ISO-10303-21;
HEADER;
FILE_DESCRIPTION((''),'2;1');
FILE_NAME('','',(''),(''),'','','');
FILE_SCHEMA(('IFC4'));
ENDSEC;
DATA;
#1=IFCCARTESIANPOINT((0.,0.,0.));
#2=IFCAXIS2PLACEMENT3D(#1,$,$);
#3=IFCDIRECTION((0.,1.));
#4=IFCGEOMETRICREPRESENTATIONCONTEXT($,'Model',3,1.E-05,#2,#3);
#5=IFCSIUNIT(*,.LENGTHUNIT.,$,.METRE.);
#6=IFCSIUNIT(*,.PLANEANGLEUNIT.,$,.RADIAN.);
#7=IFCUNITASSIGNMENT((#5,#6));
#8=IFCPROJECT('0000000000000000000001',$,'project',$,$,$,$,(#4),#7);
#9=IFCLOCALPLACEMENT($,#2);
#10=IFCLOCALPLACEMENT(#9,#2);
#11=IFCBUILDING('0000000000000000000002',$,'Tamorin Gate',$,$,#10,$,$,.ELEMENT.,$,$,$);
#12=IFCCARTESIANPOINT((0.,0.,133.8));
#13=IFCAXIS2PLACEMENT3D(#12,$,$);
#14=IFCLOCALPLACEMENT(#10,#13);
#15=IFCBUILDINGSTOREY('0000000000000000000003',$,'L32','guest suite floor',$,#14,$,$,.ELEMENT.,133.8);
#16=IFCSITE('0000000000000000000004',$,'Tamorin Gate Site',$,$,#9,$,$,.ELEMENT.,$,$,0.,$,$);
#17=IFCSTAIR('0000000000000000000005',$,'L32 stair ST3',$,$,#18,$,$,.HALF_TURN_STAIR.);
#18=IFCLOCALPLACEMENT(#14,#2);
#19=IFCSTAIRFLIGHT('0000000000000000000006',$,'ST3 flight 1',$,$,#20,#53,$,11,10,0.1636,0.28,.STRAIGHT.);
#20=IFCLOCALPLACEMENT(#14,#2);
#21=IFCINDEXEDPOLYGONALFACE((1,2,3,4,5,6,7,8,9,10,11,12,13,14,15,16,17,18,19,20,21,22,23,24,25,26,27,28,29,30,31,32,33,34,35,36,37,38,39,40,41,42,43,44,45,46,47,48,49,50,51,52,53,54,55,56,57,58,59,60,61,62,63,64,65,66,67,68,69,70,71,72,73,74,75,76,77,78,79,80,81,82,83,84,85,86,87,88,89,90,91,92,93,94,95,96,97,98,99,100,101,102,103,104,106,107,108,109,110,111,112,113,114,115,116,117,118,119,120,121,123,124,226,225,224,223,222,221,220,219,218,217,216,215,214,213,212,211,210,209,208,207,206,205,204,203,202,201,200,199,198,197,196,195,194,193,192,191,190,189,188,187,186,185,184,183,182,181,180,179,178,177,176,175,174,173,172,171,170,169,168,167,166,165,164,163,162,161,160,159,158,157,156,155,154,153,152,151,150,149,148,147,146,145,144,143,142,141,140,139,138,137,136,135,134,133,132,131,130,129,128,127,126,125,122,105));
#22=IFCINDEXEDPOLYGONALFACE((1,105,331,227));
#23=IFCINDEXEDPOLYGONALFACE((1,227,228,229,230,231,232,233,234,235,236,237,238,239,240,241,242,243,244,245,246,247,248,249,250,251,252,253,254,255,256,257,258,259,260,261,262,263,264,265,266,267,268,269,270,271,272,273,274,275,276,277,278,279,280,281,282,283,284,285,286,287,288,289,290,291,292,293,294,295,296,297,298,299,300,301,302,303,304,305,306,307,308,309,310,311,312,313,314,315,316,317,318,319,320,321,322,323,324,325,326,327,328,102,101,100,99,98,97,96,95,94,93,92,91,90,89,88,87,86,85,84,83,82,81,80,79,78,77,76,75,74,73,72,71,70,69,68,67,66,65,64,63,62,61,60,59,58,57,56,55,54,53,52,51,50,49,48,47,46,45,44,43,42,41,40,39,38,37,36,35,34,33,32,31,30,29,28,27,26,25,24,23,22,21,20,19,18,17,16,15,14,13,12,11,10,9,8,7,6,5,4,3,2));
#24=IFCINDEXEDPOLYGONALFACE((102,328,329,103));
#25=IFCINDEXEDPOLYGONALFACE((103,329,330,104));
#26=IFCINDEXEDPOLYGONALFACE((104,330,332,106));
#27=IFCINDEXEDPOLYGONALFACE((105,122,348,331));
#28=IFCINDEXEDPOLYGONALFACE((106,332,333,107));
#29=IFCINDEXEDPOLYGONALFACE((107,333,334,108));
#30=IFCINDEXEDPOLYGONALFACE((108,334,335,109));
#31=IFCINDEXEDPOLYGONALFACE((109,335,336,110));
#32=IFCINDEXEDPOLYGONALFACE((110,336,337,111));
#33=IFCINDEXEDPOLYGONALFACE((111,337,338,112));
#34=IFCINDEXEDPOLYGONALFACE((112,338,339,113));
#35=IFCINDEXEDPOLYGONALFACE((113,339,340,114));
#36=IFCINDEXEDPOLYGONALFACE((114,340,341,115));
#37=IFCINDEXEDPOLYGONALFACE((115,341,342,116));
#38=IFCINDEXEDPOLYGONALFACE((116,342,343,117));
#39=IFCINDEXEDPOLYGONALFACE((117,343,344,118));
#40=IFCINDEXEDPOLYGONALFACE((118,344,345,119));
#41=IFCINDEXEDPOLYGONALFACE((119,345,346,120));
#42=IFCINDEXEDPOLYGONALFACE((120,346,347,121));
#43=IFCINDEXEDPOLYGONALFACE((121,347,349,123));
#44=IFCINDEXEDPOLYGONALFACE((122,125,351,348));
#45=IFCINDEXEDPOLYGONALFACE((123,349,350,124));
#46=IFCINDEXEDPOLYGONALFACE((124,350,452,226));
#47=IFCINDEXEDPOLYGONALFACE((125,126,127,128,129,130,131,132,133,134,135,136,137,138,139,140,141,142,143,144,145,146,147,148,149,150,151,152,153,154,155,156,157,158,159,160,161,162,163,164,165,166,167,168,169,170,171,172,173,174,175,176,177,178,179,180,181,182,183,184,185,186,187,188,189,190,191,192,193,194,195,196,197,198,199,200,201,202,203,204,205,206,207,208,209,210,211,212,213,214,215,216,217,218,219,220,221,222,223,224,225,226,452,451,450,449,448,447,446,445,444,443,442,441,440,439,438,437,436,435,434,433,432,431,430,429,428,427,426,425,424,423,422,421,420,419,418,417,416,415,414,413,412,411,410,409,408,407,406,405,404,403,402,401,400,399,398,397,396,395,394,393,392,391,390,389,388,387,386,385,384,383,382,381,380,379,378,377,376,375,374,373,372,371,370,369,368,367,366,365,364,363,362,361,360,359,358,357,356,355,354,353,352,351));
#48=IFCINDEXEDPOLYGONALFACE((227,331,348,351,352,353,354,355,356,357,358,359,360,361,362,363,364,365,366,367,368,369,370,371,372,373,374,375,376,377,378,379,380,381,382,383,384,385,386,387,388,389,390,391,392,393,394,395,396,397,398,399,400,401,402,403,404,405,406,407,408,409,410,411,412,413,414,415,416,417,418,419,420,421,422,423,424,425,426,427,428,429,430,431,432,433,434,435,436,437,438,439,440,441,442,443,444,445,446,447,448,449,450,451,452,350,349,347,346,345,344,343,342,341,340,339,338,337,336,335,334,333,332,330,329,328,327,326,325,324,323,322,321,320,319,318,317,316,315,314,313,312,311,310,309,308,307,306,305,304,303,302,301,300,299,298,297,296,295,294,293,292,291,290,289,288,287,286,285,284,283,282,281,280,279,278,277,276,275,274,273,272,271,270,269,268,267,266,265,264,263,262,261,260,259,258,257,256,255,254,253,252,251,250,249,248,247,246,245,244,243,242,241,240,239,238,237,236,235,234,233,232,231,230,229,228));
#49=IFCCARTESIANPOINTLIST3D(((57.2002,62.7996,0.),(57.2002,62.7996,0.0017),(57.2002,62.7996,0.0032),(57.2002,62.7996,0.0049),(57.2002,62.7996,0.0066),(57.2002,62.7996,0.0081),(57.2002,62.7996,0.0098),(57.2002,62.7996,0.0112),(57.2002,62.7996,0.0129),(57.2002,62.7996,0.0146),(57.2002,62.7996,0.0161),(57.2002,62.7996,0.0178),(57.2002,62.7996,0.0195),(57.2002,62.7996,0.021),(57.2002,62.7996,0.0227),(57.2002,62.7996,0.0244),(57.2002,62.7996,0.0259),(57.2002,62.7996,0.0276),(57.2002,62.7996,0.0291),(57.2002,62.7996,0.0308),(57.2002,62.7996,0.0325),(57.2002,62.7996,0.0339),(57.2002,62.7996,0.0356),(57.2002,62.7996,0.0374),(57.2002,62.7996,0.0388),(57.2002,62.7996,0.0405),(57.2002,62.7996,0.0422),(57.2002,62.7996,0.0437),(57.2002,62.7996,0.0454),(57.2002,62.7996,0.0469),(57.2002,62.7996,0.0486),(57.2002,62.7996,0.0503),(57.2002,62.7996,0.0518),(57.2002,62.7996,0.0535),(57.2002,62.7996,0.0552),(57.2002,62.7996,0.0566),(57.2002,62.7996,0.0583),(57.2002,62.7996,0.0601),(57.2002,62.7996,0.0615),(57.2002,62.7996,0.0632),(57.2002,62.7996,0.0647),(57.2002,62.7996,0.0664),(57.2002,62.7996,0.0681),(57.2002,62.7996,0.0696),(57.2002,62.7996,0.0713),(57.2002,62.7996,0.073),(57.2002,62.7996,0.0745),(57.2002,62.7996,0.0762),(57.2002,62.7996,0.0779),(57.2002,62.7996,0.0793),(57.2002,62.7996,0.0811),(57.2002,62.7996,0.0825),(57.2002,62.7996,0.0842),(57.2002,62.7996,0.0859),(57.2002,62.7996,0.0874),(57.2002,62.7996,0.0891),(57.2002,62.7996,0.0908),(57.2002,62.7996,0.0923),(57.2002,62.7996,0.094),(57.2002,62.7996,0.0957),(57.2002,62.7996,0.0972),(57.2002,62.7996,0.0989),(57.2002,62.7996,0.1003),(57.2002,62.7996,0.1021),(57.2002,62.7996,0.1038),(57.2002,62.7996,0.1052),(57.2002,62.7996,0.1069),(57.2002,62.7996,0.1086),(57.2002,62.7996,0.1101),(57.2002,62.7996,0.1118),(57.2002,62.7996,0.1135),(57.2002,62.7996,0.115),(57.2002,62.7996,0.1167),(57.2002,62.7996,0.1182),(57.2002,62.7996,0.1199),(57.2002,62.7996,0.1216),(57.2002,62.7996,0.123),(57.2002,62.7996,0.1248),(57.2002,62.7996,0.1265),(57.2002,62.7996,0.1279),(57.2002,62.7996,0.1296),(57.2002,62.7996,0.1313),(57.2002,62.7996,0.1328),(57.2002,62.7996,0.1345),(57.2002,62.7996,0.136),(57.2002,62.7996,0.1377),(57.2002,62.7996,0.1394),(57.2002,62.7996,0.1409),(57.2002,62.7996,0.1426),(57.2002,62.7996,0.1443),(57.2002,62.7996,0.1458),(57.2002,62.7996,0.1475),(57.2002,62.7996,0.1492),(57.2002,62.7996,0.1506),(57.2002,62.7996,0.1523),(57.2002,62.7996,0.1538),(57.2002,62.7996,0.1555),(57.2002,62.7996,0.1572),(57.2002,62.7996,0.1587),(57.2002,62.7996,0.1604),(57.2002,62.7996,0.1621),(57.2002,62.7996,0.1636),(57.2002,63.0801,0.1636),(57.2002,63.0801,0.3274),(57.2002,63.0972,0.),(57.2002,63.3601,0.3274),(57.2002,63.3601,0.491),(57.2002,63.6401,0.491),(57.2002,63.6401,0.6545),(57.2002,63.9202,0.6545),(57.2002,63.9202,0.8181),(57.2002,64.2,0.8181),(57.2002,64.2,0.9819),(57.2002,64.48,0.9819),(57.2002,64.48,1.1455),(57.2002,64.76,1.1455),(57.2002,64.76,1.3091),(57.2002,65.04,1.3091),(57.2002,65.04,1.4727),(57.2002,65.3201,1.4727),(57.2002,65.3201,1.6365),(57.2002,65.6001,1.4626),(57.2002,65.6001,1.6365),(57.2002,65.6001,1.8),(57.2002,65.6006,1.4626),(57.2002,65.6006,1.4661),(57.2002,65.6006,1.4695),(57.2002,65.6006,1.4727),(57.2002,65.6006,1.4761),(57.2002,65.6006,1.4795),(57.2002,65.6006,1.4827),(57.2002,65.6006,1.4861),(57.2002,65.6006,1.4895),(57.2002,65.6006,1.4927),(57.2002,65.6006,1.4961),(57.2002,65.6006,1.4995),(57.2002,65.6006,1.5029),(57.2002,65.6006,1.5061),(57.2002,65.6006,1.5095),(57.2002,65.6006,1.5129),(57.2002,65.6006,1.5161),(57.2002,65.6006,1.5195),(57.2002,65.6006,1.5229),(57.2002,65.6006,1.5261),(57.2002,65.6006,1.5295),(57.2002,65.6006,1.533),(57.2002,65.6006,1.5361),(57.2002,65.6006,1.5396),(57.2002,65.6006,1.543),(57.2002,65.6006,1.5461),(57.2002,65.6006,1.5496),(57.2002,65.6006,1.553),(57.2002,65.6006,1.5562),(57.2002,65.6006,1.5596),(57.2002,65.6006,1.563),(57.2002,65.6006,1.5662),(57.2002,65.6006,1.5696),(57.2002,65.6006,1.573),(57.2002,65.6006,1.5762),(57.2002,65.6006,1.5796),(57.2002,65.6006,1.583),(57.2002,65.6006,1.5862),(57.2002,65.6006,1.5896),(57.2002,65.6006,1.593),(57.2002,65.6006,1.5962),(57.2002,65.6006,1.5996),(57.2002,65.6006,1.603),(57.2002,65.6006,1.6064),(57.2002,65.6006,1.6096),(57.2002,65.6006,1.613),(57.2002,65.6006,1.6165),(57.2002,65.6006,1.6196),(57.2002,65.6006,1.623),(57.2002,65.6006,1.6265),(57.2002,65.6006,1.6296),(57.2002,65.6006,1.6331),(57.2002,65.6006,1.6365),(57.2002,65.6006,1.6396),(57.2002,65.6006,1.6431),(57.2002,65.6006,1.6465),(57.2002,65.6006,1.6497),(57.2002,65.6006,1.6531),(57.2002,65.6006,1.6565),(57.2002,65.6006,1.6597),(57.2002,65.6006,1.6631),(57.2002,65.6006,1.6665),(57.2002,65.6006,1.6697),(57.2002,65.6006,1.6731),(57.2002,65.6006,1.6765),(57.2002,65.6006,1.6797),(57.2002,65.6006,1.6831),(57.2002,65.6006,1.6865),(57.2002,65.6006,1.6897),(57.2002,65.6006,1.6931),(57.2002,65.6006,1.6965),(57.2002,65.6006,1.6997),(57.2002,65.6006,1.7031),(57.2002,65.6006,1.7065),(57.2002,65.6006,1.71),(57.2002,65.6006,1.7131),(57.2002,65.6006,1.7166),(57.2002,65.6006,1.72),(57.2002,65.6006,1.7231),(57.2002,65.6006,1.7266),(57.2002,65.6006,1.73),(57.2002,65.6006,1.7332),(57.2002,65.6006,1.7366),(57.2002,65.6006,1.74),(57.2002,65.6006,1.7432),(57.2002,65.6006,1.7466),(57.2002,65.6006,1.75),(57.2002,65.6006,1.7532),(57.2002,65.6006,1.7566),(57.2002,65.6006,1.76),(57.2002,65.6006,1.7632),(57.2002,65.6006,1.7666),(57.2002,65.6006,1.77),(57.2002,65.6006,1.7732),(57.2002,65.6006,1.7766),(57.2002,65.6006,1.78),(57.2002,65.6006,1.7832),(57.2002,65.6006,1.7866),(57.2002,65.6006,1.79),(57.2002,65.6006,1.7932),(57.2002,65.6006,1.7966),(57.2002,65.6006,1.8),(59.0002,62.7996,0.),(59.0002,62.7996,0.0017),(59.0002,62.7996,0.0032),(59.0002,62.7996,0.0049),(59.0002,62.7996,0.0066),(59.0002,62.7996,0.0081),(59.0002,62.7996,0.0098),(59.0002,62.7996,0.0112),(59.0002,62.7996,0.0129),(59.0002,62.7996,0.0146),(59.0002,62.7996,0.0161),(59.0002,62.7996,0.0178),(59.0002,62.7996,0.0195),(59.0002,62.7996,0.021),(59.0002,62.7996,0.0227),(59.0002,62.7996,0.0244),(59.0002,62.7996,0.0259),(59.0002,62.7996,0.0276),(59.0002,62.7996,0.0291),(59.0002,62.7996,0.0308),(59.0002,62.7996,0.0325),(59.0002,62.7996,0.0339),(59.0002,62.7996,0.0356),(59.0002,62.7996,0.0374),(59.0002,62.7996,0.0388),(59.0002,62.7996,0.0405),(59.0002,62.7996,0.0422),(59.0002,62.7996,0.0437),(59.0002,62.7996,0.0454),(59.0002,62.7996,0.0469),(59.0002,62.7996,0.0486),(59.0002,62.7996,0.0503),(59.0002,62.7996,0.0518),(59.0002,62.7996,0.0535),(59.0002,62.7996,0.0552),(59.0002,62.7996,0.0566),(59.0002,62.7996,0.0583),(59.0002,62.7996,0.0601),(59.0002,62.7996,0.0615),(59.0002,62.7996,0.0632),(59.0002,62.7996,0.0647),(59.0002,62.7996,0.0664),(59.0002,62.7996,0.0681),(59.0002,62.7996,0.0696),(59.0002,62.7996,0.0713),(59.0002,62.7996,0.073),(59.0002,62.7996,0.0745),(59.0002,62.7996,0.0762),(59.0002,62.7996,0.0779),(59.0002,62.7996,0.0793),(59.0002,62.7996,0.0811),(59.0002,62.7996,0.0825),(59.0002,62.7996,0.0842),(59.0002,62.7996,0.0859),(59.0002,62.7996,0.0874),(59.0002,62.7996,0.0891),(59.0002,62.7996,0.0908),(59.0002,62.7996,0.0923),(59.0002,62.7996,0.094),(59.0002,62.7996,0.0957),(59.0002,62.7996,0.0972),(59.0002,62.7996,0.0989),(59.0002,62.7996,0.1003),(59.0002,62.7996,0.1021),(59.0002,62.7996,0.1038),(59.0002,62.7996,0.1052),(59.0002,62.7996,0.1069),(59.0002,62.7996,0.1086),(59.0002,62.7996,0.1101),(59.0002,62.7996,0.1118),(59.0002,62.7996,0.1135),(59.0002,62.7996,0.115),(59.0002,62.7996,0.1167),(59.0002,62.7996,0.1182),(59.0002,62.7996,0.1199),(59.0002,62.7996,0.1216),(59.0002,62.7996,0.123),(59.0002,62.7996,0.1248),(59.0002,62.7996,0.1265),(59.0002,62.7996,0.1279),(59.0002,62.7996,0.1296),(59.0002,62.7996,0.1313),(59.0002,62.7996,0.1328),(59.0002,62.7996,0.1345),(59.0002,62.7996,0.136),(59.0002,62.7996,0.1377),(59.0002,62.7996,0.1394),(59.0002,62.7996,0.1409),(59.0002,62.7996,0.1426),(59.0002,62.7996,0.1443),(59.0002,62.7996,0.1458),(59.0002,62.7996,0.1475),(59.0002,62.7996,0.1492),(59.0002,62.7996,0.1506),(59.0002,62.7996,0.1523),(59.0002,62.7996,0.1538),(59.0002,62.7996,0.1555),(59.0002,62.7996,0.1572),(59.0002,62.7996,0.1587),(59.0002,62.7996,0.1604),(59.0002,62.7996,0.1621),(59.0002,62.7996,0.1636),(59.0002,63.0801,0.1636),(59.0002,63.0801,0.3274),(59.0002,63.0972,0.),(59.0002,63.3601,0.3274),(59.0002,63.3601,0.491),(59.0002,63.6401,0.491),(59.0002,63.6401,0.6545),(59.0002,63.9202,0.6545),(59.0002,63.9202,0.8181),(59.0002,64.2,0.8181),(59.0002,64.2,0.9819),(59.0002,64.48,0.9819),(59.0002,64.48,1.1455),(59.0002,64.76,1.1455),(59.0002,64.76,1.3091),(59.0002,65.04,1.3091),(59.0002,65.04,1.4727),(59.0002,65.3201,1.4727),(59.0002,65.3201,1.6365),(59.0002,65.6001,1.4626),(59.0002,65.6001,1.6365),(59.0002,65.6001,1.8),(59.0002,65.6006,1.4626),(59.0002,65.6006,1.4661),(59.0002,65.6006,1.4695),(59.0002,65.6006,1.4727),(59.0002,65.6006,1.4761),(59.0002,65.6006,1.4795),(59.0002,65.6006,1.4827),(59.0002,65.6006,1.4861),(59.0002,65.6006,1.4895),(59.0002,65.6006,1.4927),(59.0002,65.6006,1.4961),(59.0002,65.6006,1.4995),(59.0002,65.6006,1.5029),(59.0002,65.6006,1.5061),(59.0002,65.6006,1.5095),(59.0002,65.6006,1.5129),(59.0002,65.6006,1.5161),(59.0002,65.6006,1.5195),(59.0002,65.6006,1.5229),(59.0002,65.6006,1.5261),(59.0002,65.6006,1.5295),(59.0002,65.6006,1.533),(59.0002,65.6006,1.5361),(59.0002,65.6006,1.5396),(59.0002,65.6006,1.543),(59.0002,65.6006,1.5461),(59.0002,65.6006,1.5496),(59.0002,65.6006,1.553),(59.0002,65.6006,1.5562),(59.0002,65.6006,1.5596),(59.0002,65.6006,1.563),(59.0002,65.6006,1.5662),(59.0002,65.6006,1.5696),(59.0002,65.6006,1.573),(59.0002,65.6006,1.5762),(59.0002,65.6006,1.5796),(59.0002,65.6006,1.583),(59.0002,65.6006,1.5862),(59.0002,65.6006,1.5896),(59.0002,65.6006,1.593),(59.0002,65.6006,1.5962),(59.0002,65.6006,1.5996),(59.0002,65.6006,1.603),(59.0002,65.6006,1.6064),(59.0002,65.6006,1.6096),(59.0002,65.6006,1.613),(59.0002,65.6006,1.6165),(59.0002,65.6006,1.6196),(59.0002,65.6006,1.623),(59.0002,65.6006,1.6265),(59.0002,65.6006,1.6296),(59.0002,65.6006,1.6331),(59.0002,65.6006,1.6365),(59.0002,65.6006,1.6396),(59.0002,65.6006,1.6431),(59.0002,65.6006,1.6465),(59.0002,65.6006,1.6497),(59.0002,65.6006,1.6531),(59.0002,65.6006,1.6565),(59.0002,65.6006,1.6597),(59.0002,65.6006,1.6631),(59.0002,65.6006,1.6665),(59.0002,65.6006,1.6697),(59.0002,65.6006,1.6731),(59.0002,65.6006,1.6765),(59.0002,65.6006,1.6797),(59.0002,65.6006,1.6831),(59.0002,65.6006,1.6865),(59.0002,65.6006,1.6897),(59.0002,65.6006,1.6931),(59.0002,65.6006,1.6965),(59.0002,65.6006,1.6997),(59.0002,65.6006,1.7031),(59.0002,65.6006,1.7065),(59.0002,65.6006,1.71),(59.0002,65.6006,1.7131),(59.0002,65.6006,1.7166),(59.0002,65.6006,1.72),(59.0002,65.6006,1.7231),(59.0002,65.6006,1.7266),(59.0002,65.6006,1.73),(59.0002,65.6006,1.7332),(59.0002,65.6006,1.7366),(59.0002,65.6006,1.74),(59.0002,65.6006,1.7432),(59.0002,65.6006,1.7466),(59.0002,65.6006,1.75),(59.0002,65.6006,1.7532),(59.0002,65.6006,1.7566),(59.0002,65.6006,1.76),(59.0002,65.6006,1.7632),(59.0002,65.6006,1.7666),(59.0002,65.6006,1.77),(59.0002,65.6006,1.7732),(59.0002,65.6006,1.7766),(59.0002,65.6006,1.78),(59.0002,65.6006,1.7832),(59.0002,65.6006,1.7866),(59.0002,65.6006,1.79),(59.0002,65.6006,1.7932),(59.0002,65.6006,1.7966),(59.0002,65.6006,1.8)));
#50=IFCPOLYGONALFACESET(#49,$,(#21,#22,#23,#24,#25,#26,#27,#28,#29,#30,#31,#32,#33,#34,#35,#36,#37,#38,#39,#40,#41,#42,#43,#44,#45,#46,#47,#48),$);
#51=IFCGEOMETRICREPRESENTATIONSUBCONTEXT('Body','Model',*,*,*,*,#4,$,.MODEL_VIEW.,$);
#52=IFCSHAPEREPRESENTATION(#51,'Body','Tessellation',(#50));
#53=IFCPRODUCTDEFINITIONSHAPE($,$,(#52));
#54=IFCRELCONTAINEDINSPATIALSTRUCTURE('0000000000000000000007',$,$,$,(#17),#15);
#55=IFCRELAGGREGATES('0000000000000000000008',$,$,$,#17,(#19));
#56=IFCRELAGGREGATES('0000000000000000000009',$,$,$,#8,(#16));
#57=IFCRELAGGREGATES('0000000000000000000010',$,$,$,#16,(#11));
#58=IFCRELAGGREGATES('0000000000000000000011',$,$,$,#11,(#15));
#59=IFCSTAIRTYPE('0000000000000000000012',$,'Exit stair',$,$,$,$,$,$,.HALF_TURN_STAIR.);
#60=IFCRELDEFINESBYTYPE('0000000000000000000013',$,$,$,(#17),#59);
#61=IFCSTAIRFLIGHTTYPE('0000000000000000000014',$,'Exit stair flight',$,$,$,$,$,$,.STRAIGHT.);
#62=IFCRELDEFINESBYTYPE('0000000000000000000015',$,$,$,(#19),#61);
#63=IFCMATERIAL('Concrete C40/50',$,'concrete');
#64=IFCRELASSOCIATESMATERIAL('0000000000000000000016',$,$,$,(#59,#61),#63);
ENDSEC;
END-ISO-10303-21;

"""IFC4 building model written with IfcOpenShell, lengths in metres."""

from ifc_helpers import new_model, si_unit, direction, frame, origin, place, context, subcontext, project, spatial, polyline, outline, extrude, material, type_object, element, aggregate, save


model = new_model("IFC4")

# Units and contexts
model_context = context("Model", 3, precision=1e-05, world=origin(), true_north=direction((0.0, 1.0)))
body_context = subcontext(model_context, "Body", "Model", "MODEL_VIEW")
ifc_project = project(units=[si_unit("LENGTHUNIT", "METRE"), si_unit("PLANEANGLEUNIT", "RADIAN")], contexts=[model_context])

# Site, building, storey
site_placement = place(None, origin())
site = spatial("IfcSite", under=ifc_project, at=site_placement, Name="Tamorin Gate Site", CompositionType="ELEMENT", RefElevation=0.0)
building_placement = place(site_placement, origin())
building = spatial("IfcBuilding", under=site, at=building_placement, Name="Tamorin Gate", CompositionType="ELEMENT")
storey_placement = place(building_placement, frame((0.0, 0.0, 133.8)))
storey = spatial("IfcBuildingStorey", under=building, at=storey_placement, Name="L32", Description="guest suite floor", CompositionType="ELEMENT", Elevation=133.8)

# Stair, stair flight
ifc_material_1 = material(Name="Concrete C40/50", Category="concrete")
stair_type = type_object("IfcStairType", Name="Exit stair", PredefinedType="HALF_TURN_STAIR", material=ifc_material_1)
stair_placement = place(storey_placement, origin())
stair = element("IfcStair", 1, at=stair_placement, inside=storey, type_object=stair_type, Name="L32 stair ST3", PredefinedType="HALF_TURN_STAIR")
stair_flight_type = type_object("IfcStairFlightType", Name="Exit stair flight", PredefinedType="STRAIGHT", material=ifc_material_1)
stair_flight_placement = place(storey_placement, frame((58.1001, 62.8, 0.0), z_axis=(0.0, 0.0, 1.0), x_axis=(0.0, 1.0, 0.0)))
stair_flight = element("IfcStairFlight", 2, at=stair_flight_placement, type_object=stair_flight_type, Name="ST3 flight 1", NumberOfRisers=11, NumberOfTreads=10, PredefinedType="STRAIGHT", RiserHeight=0.1636, TreadLength=0.28, context=body_context, shape_type="SweptSolid", body=[
    extrude(outline(polyline([(-0.0005, 0.0), (-0.0005, 0.0017), (-0.0005, 0.0032), (-0.0005, 0.0049), (-0.0005, 0.0066), (-0.0005, 0.0081), (-0.0005, 0.0098), (-0.0005, 0.0112), (-0.0005, 0.0129), (-0.0005, 0.0146), (-0.0005, 0.0161), (-0.0005, 0.0178), (-0.0005, 0.0195), (-0.0005, 0.021), (-0.0005, 0.0227), (-0.0005, 0.0244), (-0.0005, 0.0259), (-0.0005, 0.0276), (-0.0005, 0.0291), (-0.0005, 0.0308), (-0.0005, 0.0325), (-0.0005, 0.0339), (-0.0005, 0.0356), (-0.0005, 0.0374), (-0.0005, 0.0388), (-0.0005, 0.0405), (-0.0005, 0.0422), (-0.0005, 0.0437), (-0.0005, 0.0454), (-0.0005, 0.0469), (-0.0005, 0.0486), (-0.0005, 0.0503), (-0.0005, 0.0518), (-0.0005, 0.0535), (-0.0005, 0.0552), (-0.0005, 0.0566), (-0.0005, 0.0583), (-0.0005, 0.0601), (-0.0005, 0.0615), (-0.0005, 0.0632), (-0.0005, 0.0647), (-0.0005, 0.0664), (-0.0005, 0.0681), (-0.0005, 0.0696), (-0.0005, 0.0713), (-0.0005, 0.073), (-0.0005, 0.0745), (-0.0005, 0.0762), (-0.0005, 0.0779), (-0.0005, 0.0793), (-0.0005, 0.0811), (-0.0005, 0.0825), (-0.0005, 0.0842), (-0.0005, 0.0859), (-0.0005, 0.0874), (-0.0005, 0.0891), (-0.0005, 0.0908), (-0.0005, 0.0923), (-0.0005, 0.094), (-0.0005, 0.0957), (-0.0005, 0.0972), (-0.0005, 0.0989), (-0.0005, 0.1003), (-0.0005, 0.1021), (-0.0005, 0.1038), (-0.0005, 0.1052), (-0.0005, 0.1069), (-0.0005, 0.1086), (-0.0005, 0.1101), (-0.0005, 0.1118), (-0.0005, 0.1135), (-0.0005, 0.115), (-0.0005, 0.1167), (-0.0005, 0.1182), (-0.0005, 0.1199), (-0.0005, 0.1216), (-0.0005, 0.123), (-0.0005, 0.1248), (-0.0005, 0.1265), (-0.0005, 0.1279), (-0.0005, 0.1296), (-0.0005, 0.1313), (-0.0005, 0.1328), (-0.0005, 0.1345), (-0.0005, 0.136), (-0.0005, 0.1377), (-0.0005, 0.1394), (-0.0005, 0.1409), (-0.0005, 0.1426), (-0.0005, 0.1443), (-0.0005, 0.1458), (-0.0005, 0.1475), (-0.0005, 0.1492), (-0.0005, 0.1506), (-0.0005, 0.1523), (-0.0005, 0.1538), (-0.0005, 0.1555), (-0.0005, 0.1572), (-0.0005, 0.1587), (-0.0005, 0.1604), (-0.0005, 0.1621), (-0.0005, 0.1636), (0.28, 0.1636), (0.28, 0.3274), (0.5601, 0.3274), (0.5601, 0.491), (0.8401, 0.491), (0.8401, 0.6545), (1.1201, 0.6545), (1.1201, 0.8181), (1.3999, 0.8181), (1.3999, 0.9819), (1.6799, 0.9819), (1.6799, 1.1455), (1.96, 1.1455), (1.96, 1.3091), (2.24, 1.3091), (2.24, 1.4727), (2.52, 1.4727), (2.52, 1.6365), (2.8, 1.6365), (2.8, 1.8), (2.8005, 1.8), (2.8005, 1.7966), (2.8005, 1.7932), (2.8005, 1.79), (2.8005, 1.7866), (2.8005, 1.7832), (2.8005, 1.78), (2.8005, 1.7766), (2.8005, 1.7732), (2.8005, 1.77), (2.8005, 1.7666), (2.8005, 1.7632), (2.8005, 1.76), (2.8005, 1.7566), (2.8005, 1.7532), (2.8005, 1.75), (2.8005, 1.7466), (2.8005, 1.7432), (2.8005, 1.74), (2.8005, 1.7366), (2.8005, 1.7332), (2.8005, 1.73), (2.8005, 1.7266), (2.8005, 1.7231), (2.8005, 1.72), (2.8005, 1.7166), (2.8005, 1.7131), (2.8005, 1.71), (2.8005, 1.7065), (2.8005, 1.7031), (2.8005, 1.6997), (2.8005, 1.6965), (2.8005, 1.6931), (2.8005, 1.6897), (2.8005, 1.6865), (2.8005, 1.6831), (2.8005, 1.6797), (2.8005, 1.6765), (2.8005, 1.6731), (2.8005, 1.6697), (2.8005, 1.6665), (2.8005, 1.6631), (2.8005, 1.6597), (2.8005, 1.6565), (2.8005, 1.6531), (2.8005, 1.6497), (2.8005, 1.6465), (2.8005, 1.6431), (2.8005, 1.6396), (2.8005, 1.6365), (2.8005, 1.6331), (2.8005, 1.6296), (2.8005, 1.6265), (2.8005, 1.623), (2.8005, 1.6196), (2.8005, 1.6165), (2.8005, 1.613), (2.8005, 1.6096), (2.8005, 1.6064), (2.8005, 1.603), (2.8005, 1.5996), (2.8005, 1.5962), (2.8005, 1.593), (2.8005, 1.5896), (2.8005, 1.5862), (2.8005, 1.583), (2.8005, 1.5796), (2.8005, 1.5762), (2.8005, 1.573), (2.8005, 1.5696), (2.8005, 1.5662), (2.8005, 1.563), (2.8005, 1.5596), (2.8005, 1.5562), (2.8005, 1.553), (2.8005, 1.5496), (2.8005, 1.5461), (2.8005, 1.543), (2.8005, 1.5396), (2.8005, 1.5361), (2.8005, 1.533), (2.8005, 1.5295), (2.8005, 1.5261), (2.8005, 1.5229), (2.8005, 1.5195), (2.8005, 1.5161), (2.8005, 1.5129), (2.8005, 1.5095), (2.8005, 1.5061), (2.8005, 1.5029), (2.8005, 1.4995), (2.8005, 1.4961), (2.8005, 1.4927), (2.8005, 1.4895), (2.8005, 1.4861), (2.8005, 1.4827), (2.8005, 1.4795), (2.8005, 1.4761), (2.8005, 1.4727), (2.8005, 1.4695), (2.8005, 1.4661), (2.8005, 1.4626), (2.8, 1.4626), (0.2971, 0.0), (-0.0005, 0.0)])), frame((0.0, 0.8999, 0.0), z_axis=(0.0, -1.0, 0.0), x_axis=(1.0, 0.0, 0.0)), (0.0, 0.0, 1.0), 1.8),
])
aggregate(stair, [stair_flight])

save(model, "model.ifc")
